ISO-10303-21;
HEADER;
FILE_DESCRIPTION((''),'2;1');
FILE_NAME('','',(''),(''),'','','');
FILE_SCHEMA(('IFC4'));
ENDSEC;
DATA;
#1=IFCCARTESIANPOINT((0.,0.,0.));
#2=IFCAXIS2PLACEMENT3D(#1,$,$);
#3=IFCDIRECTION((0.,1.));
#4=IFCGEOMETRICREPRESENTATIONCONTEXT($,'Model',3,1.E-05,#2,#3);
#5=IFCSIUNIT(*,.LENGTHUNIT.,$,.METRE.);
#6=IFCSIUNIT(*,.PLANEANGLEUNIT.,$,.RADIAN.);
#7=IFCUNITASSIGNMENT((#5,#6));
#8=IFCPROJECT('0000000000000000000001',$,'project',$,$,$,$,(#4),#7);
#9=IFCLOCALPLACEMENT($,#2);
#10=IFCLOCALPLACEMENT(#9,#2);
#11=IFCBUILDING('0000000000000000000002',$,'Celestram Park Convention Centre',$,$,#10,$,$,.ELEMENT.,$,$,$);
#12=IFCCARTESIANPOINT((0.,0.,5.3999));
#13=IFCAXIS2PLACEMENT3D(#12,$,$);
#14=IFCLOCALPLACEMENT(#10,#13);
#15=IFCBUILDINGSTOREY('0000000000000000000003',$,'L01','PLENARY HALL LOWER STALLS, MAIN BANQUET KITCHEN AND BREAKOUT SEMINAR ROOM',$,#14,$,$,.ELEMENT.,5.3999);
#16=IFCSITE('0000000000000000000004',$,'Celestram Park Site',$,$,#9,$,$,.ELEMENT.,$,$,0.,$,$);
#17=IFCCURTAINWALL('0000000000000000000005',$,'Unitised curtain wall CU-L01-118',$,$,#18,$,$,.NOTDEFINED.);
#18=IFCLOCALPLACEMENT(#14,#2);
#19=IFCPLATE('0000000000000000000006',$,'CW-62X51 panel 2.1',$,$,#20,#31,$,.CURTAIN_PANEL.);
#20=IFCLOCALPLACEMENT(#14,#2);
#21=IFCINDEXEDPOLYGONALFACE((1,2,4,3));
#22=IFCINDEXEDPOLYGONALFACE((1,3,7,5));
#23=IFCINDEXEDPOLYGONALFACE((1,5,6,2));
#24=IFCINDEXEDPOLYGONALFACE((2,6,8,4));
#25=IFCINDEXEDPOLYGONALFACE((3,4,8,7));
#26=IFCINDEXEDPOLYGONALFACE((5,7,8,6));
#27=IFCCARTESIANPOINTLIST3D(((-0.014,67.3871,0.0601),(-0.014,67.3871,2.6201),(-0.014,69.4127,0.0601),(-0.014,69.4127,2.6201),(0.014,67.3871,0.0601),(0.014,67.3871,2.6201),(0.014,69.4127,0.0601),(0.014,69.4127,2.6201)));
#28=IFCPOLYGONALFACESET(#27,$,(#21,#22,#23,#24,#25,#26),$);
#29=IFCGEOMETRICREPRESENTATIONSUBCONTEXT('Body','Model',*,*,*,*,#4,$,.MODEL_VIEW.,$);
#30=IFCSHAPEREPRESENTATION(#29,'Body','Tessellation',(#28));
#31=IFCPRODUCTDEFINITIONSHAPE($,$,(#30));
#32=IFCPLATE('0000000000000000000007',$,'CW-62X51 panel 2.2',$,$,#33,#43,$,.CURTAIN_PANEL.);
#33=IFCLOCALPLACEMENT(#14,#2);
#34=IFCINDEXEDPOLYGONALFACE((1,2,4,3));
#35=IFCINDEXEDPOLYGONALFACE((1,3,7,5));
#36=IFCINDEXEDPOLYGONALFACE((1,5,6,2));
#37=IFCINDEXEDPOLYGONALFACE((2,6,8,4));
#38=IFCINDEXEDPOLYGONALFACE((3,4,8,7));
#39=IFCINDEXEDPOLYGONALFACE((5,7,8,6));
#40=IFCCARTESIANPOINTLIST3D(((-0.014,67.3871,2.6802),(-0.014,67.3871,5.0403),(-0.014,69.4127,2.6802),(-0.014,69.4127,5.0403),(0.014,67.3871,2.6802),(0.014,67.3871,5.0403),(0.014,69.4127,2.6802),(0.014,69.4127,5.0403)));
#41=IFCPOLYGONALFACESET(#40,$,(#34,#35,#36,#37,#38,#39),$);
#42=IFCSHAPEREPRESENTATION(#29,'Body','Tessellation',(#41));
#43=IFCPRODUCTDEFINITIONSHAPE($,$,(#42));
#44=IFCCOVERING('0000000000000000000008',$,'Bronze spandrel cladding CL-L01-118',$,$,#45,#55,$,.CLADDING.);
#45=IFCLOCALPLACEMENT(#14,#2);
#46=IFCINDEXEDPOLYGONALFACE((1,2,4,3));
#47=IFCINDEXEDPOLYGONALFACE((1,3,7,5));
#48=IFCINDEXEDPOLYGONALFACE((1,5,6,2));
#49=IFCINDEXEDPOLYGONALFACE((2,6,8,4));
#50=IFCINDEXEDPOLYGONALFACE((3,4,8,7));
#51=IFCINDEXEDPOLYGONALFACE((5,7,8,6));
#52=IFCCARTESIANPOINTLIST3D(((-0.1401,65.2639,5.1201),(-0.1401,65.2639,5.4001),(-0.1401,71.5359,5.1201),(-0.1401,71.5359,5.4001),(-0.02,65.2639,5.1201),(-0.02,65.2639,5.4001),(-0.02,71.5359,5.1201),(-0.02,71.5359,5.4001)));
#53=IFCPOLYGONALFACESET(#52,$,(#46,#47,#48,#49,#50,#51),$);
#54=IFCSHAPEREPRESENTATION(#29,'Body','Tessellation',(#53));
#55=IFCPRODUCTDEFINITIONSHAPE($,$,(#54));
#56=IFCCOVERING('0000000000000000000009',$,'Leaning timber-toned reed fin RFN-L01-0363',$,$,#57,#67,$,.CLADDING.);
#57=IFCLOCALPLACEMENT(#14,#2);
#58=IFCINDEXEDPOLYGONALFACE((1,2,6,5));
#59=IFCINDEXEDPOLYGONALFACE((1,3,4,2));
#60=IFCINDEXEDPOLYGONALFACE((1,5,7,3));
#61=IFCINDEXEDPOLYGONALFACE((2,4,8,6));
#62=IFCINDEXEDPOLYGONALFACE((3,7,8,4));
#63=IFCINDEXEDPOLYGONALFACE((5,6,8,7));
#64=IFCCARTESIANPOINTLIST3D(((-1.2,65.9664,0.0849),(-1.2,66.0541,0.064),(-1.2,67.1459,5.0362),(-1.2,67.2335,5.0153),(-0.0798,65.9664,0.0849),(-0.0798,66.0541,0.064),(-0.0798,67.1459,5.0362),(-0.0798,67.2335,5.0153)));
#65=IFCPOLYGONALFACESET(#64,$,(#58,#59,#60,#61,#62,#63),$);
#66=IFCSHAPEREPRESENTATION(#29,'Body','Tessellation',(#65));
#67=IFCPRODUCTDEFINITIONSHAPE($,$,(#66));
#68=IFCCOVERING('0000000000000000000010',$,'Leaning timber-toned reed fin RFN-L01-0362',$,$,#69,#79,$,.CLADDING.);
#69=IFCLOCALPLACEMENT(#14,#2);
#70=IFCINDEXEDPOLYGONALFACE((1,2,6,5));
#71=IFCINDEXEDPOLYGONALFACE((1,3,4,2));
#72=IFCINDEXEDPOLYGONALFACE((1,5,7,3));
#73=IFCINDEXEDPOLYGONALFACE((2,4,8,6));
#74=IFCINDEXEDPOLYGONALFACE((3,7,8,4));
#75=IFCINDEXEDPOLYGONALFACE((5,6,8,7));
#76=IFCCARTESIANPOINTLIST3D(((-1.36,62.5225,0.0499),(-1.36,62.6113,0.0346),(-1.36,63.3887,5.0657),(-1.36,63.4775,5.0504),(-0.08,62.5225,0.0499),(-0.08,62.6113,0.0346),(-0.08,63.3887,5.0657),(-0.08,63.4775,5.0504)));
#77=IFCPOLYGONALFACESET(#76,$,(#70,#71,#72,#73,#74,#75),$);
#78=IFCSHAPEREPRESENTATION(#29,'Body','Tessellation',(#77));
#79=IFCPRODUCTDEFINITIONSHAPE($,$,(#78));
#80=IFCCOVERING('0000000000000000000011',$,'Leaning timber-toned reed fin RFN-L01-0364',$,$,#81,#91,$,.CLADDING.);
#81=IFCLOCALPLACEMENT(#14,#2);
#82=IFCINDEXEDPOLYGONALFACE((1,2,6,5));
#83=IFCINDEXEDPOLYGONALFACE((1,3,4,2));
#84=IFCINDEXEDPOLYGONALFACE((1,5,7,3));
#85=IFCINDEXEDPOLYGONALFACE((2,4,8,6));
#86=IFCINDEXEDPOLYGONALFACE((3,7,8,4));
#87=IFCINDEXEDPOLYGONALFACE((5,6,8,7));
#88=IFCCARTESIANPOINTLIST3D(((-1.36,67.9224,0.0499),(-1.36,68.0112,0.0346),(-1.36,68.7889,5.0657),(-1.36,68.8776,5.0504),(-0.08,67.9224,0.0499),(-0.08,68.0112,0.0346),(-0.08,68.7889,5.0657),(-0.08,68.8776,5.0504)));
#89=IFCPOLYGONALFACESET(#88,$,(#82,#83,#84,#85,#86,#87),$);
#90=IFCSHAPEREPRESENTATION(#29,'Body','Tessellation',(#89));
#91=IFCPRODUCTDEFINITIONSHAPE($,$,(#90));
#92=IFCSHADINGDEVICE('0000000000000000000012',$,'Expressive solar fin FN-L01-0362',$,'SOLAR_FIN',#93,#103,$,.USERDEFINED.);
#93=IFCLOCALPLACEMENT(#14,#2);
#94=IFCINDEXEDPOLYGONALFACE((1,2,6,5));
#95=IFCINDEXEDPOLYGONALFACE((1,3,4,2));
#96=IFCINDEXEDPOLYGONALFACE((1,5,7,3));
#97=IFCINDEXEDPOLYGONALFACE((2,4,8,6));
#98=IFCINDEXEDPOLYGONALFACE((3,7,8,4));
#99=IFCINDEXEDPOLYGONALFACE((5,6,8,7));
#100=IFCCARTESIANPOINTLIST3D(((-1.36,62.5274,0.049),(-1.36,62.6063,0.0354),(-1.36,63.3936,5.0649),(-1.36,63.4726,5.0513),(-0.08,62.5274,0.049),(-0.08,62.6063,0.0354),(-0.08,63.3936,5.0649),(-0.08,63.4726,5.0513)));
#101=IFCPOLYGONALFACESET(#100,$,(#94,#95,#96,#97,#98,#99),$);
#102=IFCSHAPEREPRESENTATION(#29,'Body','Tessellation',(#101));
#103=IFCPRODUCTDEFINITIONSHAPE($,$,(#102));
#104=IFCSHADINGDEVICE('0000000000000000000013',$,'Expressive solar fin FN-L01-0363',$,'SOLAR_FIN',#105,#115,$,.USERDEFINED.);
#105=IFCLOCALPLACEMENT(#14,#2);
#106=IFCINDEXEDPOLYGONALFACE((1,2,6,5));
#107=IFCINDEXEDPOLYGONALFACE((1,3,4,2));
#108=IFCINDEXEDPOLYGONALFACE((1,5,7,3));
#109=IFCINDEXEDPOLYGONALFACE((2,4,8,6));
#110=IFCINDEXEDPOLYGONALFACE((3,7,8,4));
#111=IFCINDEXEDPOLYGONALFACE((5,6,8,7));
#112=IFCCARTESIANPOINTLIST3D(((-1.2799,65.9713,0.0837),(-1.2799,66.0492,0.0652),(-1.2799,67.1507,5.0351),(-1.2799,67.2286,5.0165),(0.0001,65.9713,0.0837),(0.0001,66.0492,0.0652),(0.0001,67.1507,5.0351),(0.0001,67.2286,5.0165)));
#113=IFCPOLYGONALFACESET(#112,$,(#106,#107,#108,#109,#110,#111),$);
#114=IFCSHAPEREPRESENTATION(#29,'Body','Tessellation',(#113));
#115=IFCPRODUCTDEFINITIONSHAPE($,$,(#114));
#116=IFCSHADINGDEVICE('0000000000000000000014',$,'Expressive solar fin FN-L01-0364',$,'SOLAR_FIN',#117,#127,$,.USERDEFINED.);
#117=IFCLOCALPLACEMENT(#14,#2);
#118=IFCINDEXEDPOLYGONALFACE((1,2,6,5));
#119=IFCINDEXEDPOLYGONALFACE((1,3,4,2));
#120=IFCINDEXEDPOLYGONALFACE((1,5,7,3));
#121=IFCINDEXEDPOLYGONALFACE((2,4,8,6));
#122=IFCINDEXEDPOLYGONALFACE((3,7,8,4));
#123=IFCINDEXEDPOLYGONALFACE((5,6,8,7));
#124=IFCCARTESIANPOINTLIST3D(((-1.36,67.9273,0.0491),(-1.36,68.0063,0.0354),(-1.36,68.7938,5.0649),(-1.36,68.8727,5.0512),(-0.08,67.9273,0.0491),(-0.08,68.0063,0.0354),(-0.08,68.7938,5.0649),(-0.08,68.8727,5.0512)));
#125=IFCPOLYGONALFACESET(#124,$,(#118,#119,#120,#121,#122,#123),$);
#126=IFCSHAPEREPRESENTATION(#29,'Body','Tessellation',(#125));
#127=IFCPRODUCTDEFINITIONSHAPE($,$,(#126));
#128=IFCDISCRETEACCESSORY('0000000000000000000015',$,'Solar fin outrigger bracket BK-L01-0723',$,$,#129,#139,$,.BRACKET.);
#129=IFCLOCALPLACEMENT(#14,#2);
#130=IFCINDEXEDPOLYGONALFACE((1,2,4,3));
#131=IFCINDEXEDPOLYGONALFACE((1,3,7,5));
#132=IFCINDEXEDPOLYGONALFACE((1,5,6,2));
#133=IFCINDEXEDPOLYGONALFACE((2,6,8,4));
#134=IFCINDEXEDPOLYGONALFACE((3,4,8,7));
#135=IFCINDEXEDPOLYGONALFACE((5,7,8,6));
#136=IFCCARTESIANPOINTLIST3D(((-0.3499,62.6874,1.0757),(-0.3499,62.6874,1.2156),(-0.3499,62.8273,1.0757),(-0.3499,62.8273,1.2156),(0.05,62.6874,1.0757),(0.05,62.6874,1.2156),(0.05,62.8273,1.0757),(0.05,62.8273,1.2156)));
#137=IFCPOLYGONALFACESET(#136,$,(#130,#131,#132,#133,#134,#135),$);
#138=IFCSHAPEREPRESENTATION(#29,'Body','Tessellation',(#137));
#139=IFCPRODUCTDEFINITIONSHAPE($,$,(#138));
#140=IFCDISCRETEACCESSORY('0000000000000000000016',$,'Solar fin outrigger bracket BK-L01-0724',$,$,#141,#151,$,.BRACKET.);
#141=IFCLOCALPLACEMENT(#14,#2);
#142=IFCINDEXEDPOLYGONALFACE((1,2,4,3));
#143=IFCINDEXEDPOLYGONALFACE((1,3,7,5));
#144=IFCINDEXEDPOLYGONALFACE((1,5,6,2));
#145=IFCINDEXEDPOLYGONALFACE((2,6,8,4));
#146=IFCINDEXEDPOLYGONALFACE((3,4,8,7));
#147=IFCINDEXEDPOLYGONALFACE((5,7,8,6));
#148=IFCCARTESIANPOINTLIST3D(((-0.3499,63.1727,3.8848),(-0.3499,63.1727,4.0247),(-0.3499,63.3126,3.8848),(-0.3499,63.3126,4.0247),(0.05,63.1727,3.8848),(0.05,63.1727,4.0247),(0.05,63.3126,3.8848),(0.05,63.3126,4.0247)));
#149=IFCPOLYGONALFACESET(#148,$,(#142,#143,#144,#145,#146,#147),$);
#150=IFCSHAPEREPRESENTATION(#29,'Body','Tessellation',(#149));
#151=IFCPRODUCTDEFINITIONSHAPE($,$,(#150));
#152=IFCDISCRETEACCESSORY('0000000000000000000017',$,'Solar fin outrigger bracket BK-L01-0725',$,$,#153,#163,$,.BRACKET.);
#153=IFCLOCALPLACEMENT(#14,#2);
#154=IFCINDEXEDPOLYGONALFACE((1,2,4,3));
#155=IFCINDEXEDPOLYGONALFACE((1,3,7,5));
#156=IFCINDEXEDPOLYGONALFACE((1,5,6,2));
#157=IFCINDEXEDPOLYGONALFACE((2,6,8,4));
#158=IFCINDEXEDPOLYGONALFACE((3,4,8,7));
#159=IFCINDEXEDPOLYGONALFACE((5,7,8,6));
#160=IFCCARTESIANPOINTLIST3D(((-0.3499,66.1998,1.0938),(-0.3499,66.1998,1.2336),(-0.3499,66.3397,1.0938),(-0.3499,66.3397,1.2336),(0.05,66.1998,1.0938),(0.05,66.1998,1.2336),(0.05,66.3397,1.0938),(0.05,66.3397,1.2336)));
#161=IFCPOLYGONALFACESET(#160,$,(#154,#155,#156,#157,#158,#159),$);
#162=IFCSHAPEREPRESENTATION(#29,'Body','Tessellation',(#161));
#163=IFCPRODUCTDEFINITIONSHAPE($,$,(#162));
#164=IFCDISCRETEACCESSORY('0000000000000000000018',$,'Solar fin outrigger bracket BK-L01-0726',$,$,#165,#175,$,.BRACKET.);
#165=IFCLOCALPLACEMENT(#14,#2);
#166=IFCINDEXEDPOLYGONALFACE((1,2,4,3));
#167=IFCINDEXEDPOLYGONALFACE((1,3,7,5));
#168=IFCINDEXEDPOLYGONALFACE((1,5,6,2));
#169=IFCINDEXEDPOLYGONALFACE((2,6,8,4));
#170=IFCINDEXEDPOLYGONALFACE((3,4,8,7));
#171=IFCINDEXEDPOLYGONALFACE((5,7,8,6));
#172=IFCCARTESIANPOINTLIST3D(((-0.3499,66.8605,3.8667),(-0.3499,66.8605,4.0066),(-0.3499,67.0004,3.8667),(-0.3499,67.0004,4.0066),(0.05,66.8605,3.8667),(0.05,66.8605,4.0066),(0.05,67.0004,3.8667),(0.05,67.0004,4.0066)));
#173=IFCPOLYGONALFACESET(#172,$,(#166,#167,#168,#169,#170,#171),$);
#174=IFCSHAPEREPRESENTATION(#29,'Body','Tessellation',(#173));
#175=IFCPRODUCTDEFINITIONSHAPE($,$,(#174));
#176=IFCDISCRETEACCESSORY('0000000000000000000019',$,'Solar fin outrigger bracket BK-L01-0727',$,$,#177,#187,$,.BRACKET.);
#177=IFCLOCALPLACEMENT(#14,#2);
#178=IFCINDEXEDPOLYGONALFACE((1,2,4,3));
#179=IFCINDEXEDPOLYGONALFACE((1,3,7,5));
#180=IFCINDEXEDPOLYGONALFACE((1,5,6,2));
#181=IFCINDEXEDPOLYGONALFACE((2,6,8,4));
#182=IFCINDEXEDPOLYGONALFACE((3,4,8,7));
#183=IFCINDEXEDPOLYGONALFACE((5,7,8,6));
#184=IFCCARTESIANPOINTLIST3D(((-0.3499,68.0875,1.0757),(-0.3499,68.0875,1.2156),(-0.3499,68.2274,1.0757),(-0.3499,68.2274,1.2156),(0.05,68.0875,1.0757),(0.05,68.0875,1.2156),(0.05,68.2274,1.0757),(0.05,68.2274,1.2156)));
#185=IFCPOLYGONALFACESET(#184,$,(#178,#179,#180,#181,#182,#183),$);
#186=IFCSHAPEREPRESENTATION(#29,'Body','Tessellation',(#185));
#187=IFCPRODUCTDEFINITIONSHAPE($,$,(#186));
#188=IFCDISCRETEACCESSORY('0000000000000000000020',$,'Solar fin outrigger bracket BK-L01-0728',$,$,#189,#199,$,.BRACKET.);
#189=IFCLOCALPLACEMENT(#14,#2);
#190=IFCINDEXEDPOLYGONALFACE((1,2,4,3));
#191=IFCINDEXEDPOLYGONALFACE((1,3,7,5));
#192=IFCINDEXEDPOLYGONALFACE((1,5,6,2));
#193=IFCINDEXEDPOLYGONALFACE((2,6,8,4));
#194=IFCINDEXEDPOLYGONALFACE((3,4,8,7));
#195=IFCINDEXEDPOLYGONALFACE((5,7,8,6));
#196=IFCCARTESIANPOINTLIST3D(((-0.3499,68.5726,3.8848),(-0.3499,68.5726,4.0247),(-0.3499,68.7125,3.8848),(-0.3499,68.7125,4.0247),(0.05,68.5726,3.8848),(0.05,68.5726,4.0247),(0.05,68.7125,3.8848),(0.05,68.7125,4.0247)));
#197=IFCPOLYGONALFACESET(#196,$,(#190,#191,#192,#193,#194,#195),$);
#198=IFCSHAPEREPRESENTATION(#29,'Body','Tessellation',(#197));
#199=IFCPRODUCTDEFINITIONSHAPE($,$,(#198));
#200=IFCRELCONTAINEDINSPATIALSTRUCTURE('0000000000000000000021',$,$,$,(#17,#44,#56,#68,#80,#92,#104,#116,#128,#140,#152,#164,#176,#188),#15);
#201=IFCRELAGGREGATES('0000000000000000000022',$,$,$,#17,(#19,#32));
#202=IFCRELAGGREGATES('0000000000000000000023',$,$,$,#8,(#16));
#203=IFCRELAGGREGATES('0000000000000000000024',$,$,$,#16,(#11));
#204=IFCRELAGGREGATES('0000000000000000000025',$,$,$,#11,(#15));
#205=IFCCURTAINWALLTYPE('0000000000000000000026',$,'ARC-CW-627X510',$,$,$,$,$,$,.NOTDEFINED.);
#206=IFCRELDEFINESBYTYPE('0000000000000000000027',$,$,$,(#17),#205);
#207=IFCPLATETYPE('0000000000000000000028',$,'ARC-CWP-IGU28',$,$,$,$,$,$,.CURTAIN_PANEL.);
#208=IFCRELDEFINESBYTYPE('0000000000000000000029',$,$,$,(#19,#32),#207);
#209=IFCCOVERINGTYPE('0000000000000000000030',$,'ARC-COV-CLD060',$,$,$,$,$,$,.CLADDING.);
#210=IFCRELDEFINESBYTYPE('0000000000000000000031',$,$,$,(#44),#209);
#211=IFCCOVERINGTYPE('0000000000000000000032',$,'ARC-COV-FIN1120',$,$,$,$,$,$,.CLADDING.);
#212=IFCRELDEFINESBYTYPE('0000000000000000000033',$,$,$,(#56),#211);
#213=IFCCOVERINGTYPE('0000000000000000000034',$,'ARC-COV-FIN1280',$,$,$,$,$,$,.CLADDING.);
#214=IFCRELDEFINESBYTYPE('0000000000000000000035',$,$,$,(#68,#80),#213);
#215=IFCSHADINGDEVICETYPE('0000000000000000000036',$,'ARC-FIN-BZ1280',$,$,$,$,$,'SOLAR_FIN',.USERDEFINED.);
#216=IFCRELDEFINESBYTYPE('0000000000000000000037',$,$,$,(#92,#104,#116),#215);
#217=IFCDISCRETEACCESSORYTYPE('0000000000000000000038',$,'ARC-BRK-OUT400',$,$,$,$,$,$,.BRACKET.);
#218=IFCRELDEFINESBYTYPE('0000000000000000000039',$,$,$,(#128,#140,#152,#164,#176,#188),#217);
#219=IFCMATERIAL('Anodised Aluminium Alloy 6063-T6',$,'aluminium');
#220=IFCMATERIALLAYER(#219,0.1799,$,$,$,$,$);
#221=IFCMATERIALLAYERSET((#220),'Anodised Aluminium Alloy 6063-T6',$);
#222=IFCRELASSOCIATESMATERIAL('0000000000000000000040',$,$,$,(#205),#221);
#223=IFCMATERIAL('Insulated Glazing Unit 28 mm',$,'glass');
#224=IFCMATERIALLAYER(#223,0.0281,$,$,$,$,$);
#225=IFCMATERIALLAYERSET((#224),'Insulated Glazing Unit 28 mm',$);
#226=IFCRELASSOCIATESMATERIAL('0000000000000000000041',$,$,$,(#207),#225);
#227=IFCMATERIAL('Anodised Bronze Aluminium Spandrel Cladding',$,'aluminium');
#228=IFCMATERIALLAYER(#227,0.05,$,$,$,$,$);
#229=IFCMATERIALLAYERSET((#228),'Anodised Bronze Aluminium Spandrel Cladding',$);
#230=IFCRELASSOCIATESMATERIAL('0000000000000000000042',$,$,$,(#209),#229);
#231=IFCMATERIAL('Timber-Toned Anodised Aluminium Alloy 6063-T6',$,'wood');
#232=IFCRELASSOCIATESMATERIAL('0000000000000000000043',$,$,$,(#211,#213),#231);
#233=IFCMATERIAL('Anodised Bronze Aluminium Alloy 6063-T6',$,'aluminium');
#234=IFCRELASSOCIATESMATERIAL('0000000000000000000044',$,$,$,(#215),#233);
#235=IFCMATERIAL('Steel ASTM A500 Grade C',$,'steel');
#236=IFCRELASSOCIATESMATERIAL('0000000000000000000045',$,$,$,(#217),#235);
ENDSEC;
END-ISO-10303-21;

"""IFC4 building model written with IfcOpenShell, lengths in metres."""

from ifc_helpers import new_model, si_unit, direction, frame, origin, origin_2d, place, context, subcontext, project, spatial, rectangle, extrude, material, layer, layer_set, material_profile, profile_set, type_object, element, aggregate, save


model = new_model("IFC4")

# Units and contexts
model_context = context("Model", 3, precision=1e-05, world=origin(), true_north=direction((0.0, 1.0)))
body_context = subcontext(model_context, "Body", "Model", "MODEL_VIEW")
ifc_project = project(units=[si_unit("LENGTHUNIT", "METRE"), si_unit("PLANEANGLEUNIT", "RADIAN")], contexts=[model_context])

# Site, building, storey
site_placement = place(None, origin())
site = spatial("IfcSite", under=ifc_project, at=site_placement, Name="Celestram Park Site", CompositionType="ELEMENT", RefElevation=0.0)
building_placement = place(site_placement, origin())
building = spatial("IfcBuilding", under=site, at=building_placement, Name="Celestram Park Convention Centre", CompositionType="ELEMENT")
storey_placement = place(building_placement, frame((0.0, 0.0, 5.3999)))
storey = spatial("IfcBuildingStorey", under=building, at=storey_placement, Name="L01", Description="PLENARY HALL LOWER STALLS, MAIN BANQUET KITCHEN AND BREAKOUT SEMINAR ROOM", CompositionType="ELEMENT", Elevation=5.3999)

# Curtain wall
ifc_material_1 = material(Name="Anodised Aluminium Alloy 6063-T6", Category="aluminium")
ifc_layer_1 = layer(ifc_material_1, 0.1799)
ifc_layer_set_1 = layer_set([ifc_layer_1], Name="Anodised Aluminium Alloy 6063-T6")
curtain_wall_type = type_object("IfcCurtainWallType", Name="ARC-CW-627X510", PredefinedType="NOTDEFINED", material=ifc_layer_set_1)
curtain_wall_1_placement = place(storey_placement, origin())
curtain_wall_1 = element("IfcCurtainWall", 1, at=curtain_wall_1_placement, inside=storey, type_object=curtain_wall_type, Name="Unitised curtain wall CU-L01-118", PredefinedType="NOTDEFINED")

# Shared definitions
ifc_material_2 = material(Name="Steel ASTM A500 Grade C", Category="steel")

# Plates
ifc_material_3 = material(Name="Insulated Glazing Unit 28 mm", Category="glass")
ifc_layer_2 = layer(ifc_material_3, 0.0281)
ifc_layer_set_2 = layer_set([ifc_layer_2], Name="Insulated Glazing Unit 28 mm")
plate_type = type_object("IfcPlateType", Name="ARC-CWP-IGU28", PredefinedType="CURTAIN_PANEL", material=ifc_layer_set_2)
plate_1_placement = place(storey_placement, frame((0.0, 68.3999, 0.0601), z_axis=(0.0, 0.0, 1.0), x_axis=(0.0, 1.0, 0.0)))
plate_1 = element("IfcPlate", 2, at=plate_1_placement, type_object=plate_type, Name="CW-62X51 panel 2.1", PredefinedType="CURTAIN_PANEL", context=body_context, shape_type="SweptSolid", body=[
    extrude(rectangle(XDim=2.0256, YDim=0.0281, at=origin_2d()), origin(), (0.0, 0.0, 1.0), 2.5601),
])
plate_2_placement = place(storey_placement, frame((0.0, 68.3999, 2.6802), z_axis=(0.0, 0.0, 1.0), x_axis=(0.0, 1.0, 0.0)))
plate_2 = element("IfcPlate", 3, at=plate_2_placement, type_object=plate_type, Name="CW-62X51 panel 2.2", PredefinedType="CURTAIN_PANEL", context=body_context, shape_type="SweptSolid", body=[
    extrude(rectangle(XDim=2.0256, YDim=0.0281, at=origin_2d()), origin(), (0.0, 0.0, 1.0), 2.3601),
])
aggregate(curtain_wall_1, [plate_1, plate_2])

# Coverings
ifc_material_4 = material(Name="Anodised Bronze Aluminium Spandrel Cladding", Category="aluminium")
ifc_layer_3 = layer(ifc_material_4, 0.05)
ifc_layer_set_3 = layer_set([ifc_layer_3], Name="Anodised Bronze Aluminium Spandrel Cladding")
covering_type_1 = type_object("IfcCoveringType", Name="ARC-COV-CLD060", PredefinedType="CLADDING", material=ifc_layer_set_3)
covering_1_placement = place(storey_placement, frame((-0.0801, 68.3999, 5.1201), z_axis=(0.0, 0.0, 1.0), x_axis=(0.0, 1.0, 0.0)))
element("IfcCovering", 4, at=covering_1_placement, inside=storey, type_object=covering_type_1, Name="Bronze spandrel cladding CL-L01-118", PredefinedType="CLADDING", context=body_context, shape_type="SweptSolid", body=[
    extrude(rectangle(XDim=6.272, YDim=0.1201, at=origin_2d()), origin(), (0.0, 0.0, 1.0), 0.28),
])
ifc_material_5 = material(Name="Timber-Toned Anodised Aluminium Alloy 6063-T6", Category="wood")
ifc_material_profile_1 = material_profile(ifc_material_5, rectangle(XDim=1.1201, YDim=0.0901, at=origin_2d()), Name="REED1120X90")
ifc_profile_set_1 = profile_set([ifc_material_profile_1], Name="Timber-Toned Anodised Aluminium Alloy 6063-T6")
covering_type_2 = type_object("IfcCoveringType", Name="ARC-COV-FIN1120", PredefinedType="CLADDING", material=ifc_profile_set_1)
covering_2_placement = place(storey_placement, frame((-0.6399, 66.0103, 0.0745), z_axis=(0.0, 0.23172, 0.972783), x_axis=(-1.0, 0.0, 0.0)))
element("IfcCovering", 5, at=covering_2_placement, inside=storey, type_object=covering_type_2, Name="Leaning timber-toned reed fin RFN-L01-0363", PredefinedType="CLADDING", context=body_context, shape_type="SweptSolid", body=[
    extrude(rectangle(XDim=1.1201, YDim=0.0901, at=origin_2d()), origin(), (0.0, 0.0, 1.0), 5.0898),
])
ifc_material_profile_2 = material_profile(ifc_material_5, rectangle(XDim=1.28, YDim=0.0901, at=origin_2d()), Name="REED1280X90")
ifc_profile_set_2 = profile_set([ifc_material_profile_2], Name="Timber-Toned Anodised Aluminium Alloy 6063-T6")
covering_type_3 = type_object("IfcCoveringType", Name="ARC-COV-FIN1280", PredefinedType="CLADDING", material=ifc_profile_set_2)
for number, where, z_axis, x_axis, name in (
    (6, (-0.72, 62.5669, 0.0422), (0.0, 0.170175, 0.985414), (-1.0, 0.0, 0.0), "Leaning timber-toned reed fin RFN-L01-0362"),
    (7, (-0.72, 67.9668, 0.0422), (0.0, 0.170222, 0.985406), (-1.0, 0.0, 0.0), "Leaning timber-toned reed fin RFN-L01-0364"),
):
    element("IfcCovering", number, at=place(storey_placement, frame(where, z_axis=z_axis, x_axis=x_axis)), inside=storey, type_object=covering_type_3, Name=name, PredefinedType="CLADDING", context=body_context, shape_type="SweptSolid", body=[
        extrude(rectangle(XDim=1.28, YDim=0.0901, at=origin_2d()), origin(), (0.0, 0.0, 1.0), 5.0901),
    ])

# Shading devices
ifc_material_6 = material(Name="Anodised Bronze Aluminium Alloy 6063-T6", Category="aluminium")
ifc_material_profile_3 = material_profile(ifc_material_6, rectangle(XDim=1.28, YDim=0.0801, at=origin_2d()), Name="FIN1280X80")
ifc_profile_set_3 = profile_set([ifc_material_profile_3], Name="Anodised Bronze Aluminium Alloy 6063-T6")
shading_device_type = type_object("IfcShadingDeviceType", Name="ARC-FIN-BZ1280", ElementType="SOLAR_FIN", PredefinedType="USERDEFINED", material=ifc_profile_set_3)
shading_device_1_placement = place(storey_placement, frame((-0.72, 62.5669, 0.0422), z_axis=(0.0, 0.170175, 0.985414), x_axis=(-1.0, 0.0, 0.0)))
element("IfcShadingDevice", 8, at=shading_device_1_placement, inside=storey, type_object=shading_device_type, Name="Expressive solar fin FN-L01-0362", ObjectType="SOLAR_FIN", PredefinedType="USERDEFINED", context=body_context, shape_type="SweptSolid", body=[
    extrude(rectangle(XDim=1.28, YDim=0.0801, at=origin_2d()), origin(), (0.0, 0.0, 1.0), 5.0901),
])
shading_device_2_placement = place(storey_placement, frame((-0.6399, 66.0103, 0.0745), z_axis=(0.0, 0.23172, 0.972783), x_axis=(-1.0, 0.0, 0.0)))
element("IfcShadingDevice", 9, at=shading_device_2_placement, inside=storey, type_object=shading_device_type, Name="Expressive solar fin FN-L01-0363", ObjectType="SOLAR_FIN", PredefinedType="USERDEFINED", context=body_context, shape_type="SweptSolid", body=[
    extrude(rectangle(XDim=1.28, YDim=0.0801, at=origin_2d()), origin(), (0.0, 0.0, 1.0), 5.0898),
])
shading_device_3_placement = place(storey_placement, frame((-0.72, 67.9668, 0.0422), z_axis=(0.0, 0.170222, 0.985406), x_axis=(-1.0, 0.0, 0.0)))
element("IfcShadingDevice", 10, at=shading_device_3_placement, inside=storey, type_object=shading_device_type, Name="Expressive solar fin FN-L01-0364", ObjectType="SOLAR_FIN", PredefinedType="USERDEFINED", context=body_context, shape_type="SweptSolid", body=[
    extrude(rectangle(XDim=1.28, YDim=0.0801, at=origin_2d()), origin(), (0.0, 0.0, 1.0), 5.0901),
])

# Discrete accessories
discrete_accessory_type = type_object("IfcDiscreteAccessoryType", Name="ARC-BRK-OUT400", PredefinedType="BRACKET", material=ifc_material_2)
for number, where, z_axis, x_axis, name in (
    (11, (-0.1499, 62.7573, 1.0757), (0.0, 0.0, 1.0), (-1.0, 0.0, 0.0), "Solar fin outrigger bracket BK-L01-0723"),
    (12, (-0.1499, 63.2427, 3.8848), (0.0, 0.0, 1.0), (-1.0, 0.0, 0.0), "Solar fin outrigger bracket BK-L01-0724"),
    (13, (-0.1499, 66.2698, 1.0938), (0.0, 0.0, 1.0), (-1.0, 0.0, 0.0), "Solar fin outrigger bracket BK-L01-0725"),
    (14, (-0.1499, 66.9304, 3.8667), (0.0, 0.0, 1.0), (-1.0, 0.0, 0.0), "Solar fin outrigger bracket BK-L01-0726"),
    (15, (-0.1499, 68.1575, 1.0757), (0.0, 0.0, 1.0), (-1.0, 0.0, 0.0), "Solar fin outrigger bracket BK-L01-0727"),
    (16, (-0.1499, 68.6426, 3.8848), (0.0, 0.0, 1.0), (-1.0, 0.0, 0.0), "Solar fin outrigger bracket BK-L01-0728"),
):
    element("IfcDiscreteAccessory", number, at=place(storey_placement, frame(where, z_axis=z_axis, x_axis=x_axis)), inside=storey, type_object=discrete_accessory_type, Name=name, PredefinedType="BRACKET", context=body_context, shape_type="SweptSolid", body=[
        extrude(rectangle(XDim=0.3999, YDim=0.1399, at=origin_2d()), origin(), (0.0, 0.0, 1.0), 0.1399),
    ])

save(model, "model.ifc")
